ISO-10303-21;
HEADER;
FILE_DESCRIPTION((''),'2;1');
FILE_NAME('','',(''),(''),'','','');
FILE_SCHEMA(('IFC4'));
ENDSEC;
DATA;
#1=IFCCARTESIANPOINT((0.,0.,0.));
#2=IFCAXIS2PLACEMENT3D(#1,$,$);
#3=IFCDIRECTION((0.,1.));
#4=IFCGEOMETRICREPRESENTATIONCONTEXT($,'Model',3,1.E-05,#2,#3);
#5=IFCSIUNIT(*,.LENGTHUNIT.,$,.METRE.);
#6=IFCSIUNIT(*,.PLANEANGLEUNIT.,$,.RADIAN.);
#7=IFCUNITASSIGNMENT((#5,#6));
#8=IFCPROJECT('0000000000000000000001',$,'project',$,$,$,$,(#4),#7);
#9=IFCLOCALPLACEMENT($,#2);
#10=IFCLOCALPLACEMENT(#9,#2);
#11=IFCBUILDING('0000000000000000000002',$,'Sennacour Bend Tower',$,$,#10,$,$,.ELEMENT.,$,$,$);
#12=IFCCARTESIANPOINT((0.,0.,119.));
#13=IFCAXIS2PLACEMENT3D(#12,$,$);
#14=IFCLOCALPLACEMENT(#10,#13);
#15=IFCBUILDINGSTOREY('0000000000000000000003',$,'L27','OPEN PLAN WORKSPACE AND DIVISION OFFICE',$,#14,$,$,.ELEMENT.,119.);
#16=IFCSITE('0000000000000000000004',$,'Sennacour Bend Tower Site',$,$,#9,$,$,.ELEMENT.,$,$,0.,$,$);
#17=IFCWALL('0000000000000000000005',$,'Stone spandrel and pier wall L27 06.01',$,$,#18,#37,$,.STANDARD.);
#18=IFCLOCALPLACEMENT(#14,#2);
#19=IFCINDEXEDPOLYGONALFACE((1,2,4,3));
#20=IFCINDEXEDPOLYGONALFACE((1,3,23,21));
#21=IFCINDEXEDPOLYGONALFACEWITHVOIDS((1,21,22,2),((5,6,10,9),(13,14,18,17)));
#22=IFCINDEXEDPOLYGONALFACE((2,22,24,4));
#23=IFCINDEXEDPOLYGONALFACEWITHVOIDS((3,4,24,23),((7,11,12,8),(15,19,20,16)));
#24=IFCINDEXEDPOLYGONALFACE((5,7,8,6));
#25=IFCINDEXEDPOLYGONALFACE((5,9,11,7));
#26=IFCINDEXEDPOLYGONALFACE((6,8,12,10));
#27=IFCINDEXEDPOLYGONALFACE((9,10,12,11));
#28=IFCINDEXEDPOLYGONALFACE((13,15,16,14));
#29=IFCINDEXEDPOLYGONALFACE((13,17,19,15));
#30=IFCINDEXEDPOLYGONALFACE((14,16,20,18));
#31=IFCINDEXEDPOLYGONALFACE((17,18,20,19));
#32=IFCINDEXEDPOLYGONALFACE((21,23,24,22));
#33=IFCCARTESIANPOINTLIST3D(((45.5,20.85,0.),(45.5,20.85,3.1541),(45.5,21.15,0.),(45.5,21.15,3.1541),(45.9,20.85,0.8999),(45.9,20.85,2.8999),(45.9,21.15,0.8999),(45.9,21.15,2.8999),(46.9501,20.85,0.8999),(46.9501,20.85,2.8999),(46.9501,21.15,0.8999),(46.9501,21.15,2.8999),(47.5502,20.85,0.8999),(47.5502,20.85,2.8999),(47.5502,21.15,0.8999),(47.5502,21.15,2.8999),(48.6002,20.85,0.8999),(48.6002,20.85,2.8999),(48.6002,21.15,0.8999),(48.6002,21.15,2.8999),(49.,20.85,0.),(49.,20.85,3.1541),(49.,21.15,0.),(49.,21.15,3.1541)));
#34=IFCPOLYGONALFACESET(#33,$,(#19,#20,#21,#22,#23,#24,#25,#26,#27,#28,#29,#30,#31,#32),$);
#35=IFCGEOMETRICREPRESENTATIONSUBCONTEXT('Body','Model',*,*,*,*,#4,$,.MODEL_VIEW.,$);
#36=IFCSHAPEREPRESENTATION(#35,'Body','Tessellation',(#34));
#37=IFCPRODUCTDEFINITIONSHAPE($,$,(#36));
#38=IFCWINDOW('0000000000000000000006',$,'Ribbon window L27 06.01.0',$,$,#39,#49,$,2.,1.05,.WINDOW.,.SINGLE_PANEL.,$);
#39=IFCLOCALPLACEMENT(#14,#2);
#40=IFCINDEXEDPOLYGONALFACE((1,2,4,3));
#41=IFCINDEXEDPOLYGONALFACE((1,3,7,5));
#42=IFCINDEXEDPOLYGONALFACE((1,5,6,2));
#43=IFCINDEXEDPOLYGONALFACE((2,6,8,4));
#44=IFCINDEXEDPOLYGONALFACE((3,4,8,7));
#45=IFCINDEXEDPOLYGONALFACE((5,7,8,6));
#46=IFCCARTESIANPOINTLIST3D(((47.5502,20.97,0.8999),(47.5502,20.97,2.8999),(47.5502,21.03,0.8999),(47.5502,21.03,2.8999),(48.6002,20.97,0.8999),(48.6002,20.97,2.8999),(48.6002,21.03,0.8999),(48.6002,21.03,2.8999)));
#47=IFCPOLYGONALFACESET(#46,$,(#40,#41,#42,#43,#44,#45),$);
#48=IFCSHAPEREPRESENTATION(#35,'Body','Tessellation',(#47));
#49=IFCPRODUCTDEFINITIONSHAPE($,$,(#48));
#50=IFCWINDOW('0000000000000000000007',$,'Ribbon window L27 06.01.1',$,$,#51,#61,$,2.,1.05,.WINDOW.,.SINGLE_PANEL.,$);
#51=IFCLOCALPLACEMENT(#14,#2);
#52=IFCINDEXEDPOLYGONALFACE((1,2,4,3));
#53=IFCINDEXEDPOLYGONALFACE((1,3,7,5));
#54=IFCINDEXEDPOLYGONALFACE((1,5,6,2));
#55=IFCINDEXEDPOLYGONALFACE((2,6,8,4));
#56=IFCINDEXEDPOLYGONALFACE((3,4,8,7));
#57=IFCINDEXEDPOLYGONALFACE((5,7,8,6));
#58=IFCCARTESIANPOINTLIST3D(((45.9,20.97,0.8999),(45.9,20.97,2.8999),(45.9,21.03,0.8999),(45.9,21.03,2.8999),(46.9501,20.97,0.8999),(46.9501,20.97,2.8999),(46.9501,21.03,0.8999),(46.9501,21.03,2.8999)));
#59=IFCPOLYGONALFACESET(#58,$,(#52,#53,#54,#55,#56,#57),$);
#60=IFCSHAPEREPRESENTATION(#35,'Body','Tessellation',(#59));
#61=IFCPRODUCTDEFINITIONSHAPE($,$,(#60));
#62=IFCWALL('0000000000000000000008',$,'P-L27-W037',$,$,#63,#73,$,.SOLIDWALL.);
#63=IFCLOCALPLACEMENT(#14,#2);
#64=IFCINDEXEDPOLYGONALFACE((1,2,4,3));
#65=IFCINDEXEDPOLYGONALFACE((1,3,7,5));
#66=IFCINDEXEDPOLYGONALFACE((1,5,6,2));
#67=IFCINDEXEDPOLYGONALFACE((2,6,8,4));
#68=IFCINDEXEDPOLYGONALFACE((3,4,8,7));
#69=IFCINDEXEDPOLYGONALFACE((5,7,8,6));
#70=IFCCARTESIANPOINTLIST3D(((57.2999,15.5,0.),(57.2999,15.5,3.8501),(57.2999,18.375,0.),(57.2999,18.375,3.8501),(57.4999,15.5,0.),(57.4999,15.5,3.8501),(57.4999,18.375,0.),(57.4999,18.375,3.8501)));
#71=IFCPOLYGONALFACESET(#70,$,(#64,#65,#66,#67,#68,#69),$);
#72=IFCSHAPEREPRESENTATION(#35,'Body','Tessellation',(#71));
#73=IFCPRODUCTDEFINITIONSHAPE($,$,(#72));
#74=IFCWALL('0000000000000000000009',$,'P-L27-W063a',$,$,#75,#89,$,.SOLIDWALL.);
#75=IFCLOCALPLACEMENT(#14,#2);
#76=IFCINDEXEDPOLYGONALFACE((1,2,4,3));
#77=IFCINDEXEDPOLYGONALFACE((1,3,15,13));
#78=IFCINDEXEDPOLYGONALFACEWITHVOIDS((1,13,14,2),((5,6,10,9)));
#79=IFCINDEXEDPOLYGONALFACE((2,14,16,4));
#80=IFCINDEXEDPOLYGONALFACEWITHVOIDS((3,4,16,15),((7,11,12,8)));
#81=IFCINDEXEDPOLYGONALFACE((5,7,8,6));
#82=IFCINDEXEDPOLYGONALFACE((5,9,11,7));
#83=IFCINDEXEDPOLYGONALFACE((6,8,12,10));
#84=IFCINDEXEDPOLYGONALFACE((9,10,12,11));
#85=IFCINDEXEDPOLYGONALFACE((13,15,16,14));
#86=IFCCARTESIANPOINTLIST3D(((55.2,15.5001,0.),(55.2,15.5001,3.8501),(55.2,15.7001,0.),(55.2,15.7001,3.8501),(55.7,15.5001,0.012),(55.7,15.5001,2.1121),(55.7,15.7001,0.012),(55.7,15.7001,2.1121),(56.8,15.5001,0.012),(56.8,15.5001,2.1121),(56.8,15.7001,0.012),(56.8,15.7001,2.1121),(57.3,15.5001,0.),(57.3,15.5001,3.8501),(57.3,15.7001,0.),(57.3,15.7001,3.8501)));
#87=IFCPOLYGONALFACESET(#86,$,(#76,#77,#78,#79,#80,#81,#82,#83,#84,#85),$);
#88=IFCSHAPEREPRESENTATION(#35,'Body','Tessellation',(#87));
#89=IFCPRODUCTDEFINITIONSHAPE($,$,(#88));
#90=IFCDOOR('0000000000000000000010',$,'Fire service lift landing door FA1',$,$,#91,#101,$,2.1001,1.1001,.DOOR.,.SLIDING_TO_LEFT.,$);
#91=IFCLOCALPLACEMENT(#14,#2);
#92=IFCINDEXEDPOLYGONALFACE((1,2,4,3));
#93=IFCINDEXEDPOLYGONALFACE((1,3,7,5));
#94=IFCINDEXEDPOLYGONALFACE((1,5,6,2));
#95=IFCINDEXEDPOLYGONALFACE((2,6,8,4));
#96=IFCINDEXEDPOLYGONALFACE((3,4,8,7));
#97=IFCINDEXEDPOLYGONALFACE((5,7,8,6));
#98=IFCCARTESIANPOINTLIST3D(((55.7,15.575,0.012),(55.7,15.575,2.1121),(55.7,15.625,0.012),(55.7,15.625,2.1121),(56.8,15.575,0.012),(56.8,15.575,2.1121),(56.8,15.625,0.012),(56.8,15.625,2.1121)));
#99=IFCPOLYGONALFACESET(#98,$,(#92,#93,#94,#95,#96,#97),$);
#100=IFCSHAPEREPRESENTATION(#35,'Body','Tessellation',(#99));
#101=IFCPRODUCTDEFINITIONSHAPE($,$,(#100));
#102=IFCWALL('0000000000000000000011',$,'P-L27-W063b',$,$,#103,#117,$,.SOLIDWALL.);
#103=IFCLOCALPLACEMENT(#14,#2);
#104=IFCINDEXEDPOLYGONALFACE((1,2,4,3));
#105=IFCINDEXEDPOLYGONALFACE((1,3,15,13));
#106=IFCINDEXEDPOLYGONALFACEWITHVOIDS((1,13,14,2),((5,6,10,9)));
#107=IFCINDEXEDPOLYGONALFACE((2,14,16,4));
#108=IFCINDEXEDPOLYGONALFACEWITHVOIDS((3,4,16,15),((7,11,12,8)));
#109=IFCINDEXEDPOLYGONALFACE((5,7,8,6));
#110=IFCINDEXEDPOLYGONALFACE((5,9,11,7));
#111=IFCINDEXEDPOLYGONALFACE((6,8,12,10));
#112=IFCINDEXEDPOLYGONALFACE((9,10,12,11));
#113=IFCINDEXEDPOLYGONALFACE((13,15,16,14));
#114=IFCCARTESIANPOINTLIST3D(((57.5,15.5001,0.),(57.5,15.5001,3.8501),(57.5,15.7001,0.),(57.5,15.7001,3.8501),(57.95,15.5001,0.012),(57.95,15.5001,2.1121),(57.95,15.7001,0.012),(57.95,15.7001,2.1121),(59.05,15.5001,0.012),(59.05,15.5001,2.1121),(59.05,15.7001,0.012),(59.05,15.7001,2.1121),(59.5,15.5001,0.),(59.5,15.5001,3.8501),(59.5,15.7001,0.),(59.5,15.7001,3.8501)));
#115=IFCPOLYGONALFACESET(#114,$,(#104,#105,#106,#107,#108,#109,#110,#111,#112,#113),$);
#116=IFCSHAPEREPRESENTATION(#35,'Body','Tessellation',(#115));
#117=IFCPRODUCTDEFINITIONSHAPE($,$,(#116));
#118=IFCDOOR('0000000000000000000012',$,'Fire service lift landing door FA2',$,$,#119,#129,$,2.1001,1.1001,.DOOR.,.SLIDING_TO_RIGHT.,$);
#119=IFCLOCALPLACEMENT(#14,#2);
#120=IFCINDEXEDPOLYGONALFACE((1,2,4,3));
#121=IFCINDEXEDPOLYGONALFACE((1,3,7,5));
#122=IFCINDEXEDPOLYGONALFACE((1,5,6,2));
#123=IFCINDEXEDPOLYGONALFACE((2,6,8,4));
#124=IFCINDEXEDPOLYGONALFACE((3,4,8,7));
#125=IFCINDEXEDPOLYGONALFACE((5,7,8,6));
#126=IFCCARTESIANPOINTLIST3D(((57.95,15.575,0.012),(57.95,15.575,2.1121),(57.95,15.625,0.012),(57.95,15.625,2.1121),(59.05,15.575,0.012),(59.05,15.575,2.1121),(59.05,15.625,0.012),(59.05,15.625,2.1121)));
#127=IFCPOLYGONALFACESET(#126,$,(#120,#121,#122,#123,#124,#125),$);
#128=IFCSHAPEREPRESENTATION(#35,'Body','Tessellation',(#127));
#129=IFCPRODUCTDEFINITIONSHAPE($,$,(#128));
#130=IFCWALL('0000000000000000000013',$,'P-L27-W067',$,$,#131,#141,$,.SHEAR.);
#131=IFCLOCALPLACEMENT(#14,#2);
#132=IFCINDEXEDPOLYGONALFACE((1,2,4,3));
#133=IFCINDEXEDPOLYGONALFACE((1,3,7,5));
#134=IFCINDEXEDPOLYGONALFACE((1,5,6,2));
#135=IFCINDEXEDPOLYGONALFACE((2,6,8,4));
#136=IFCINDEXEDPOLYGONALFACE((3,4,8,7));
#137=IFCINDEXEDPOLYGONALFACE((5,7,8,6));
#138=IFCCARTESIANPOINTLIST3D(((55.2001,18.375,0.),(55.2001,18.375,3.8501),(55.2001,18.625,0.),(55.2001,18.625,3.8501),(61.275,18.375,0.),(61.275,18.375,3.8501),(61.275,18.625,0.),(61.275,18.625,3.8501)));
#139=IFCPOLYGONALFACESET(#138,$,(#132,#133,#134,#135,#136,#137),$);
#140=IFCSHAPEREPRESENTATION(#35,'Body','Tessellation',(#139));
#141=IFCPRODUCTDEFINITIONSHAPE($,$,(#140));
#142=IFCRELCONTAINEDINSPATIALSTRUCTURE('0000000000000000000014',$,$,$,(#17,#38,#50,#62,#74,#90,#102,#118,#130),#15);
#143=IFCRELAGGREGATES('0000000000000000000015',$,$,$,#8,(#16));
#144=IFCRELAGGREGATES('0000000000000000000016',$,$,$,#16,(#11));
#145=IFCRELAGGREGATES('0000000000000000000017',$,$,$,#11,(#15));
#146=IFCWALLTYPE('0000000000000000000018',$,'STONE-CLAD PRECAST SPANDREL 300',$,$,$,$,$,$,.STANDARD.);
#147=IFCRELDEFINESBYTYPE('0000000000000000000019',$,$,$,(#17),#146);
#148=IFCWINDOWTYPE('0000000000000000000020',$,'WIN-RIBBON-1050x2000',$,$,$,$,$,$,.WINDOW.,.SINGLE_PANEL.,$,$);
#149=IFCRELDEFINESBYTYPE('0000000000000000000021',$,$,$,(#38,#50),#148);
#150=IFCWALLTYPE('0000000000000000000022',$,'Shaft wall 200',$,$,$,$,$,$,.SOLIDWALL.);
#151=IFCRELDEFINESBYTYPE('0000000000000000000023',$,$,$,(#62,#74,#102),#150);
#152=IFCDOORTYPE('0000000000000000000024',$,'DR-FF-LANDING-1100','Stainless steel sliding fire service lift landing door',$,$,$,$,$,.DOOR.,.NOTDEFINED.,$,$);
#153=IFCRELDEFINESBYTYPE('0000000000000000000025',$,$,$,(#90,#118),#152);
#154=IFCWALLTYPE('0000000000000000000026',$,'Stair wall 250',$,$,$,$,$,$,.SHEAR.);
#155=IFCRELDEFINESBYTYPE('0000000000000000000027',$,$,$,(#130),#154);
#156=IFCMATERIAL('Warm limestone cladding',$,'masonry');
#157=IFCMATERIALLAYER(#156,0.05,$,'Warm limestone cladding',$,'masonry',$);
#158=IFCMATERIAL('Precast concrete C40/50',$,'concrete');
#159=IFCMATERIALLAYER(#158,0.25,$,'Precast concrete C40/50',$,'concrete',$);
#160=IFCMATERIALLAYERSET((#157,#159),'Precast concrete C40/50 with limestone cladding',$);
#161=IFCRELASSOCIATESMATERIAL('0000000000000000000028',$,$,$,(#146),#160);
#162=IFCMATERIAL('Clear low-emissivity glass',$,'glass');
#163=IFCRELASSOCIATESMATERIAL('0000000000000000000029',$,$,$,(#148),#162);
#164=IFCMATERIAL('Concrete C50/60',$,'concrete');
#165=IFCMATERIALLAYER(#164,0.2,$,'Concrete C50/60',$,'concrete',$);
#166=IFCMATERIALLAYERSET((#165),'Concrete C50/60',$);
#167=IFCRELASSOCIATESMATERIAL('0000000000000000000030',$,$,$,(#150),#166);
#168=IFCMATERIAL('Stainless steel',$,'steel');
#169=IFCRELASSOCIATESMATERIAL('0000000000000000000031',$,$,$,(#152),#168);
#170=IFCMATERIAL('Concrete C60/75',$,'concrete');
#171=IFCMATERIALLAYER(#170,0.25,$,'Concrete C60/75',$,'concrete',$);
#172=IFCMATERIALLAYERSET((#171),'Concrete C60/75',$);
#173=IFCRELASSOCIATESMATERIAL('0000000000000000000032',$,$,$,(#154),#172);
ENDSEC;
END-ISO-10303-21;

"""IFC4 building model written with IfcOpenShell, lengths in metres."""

from ifc_helpers import new_model, si_unit, direction, frame, frame_2d, origin, place, context, subcontext, project, spatial, rectangle, extrude, material, layer, layer_set, type_object, element, fill, save


model = new_model("IFC4")

# Units and contexts
model_context = context("Model", 3, precision=1e-05, world=origin(), true_north=direction((0.0, 1.0)))
body_context = subcontext(model_context, "Body", "Model", "MODEL_VIEW")
ifc_project = project(units=[si_unit("LENGTHUNIT", "METRE"), si_unit("PLANEANGLEUNIT", "RADIAN")], contexts=[model_context])

# Site, building, storey
site_placement = place(None, origin())
site = spatial("IfcSite", under=ifc_project, at=site_placement, Name="Sennacour Bend Tower Site", CompositionType="ELEMENT", RefElevation=0.0)
building_placement = place(site_placement, origin())
building = spatial("IfcBuilding", under=site, at=building_placement, Name="Sennacour Bend Tower", CompositionType="ELEMENT")
storey_placement = place(building_placement, frame((0.0, 0.0, 119.0)))
storey = spatial("IfcBuildingStorey", under=building, at=storey_placement, Name="L27", Description="OPEN PLAN WORKSPACE AND DIVISION OFFICE", CompositionType="ELEMENT", Elevation=119.0)

# Wall, openings, windows
ifc_material_1 = material(Name="Warm limestone cladding", Category="masonry")
ifc_layer_1 = layer(ifc_material_1, 0.05, Name="Warm limestone cladding", Category="masonry")
ifc_material_2 = material(Name="Precast concrete C40/50", Category="concrete")
ifc_layer_2 = layer(ifc_material_2, 0.25, Name="Precast concrete C40/50", Category="concrete")
ifc_layer_set_1 = layer_set([ifc_layer_1, ifc_layer_2], Name="Precast concrete C40/50 with limestone cladding")
wall_type_1 = type_object("IfcWallType", Name="STONE-CLAD PRECAST SPANDREL 300", PredefinedType="STANDARD", material=ifc_layer_set_1)
ifc_material_3 = material(Name="Clear low-emissivity glass", Category="glass")
window_type_1 = type_object("IfcWindowType", Name="WIN-RIBBON-1050x2000", PartitioningType="SINGLE_PANEL", PredefinedType="WINDOW", material=ifc_material_3)
wall_1_placement = place(storey_placement, frame((49.0, 21.0, 0.0), z_axis=(0.0, 0.0, 1.0), x_axis=(-1.0, 0.0, 0.0)))
wall_1 = element("IfcWall", 1, at=wall_1_placement, inside=storey, type_object=wall_type_1, Name="Stone spandrel and pier wall L27 06.01", PredefinedType="STANDARD", context=body_context, shape_type="SweptSolid", body=[
    extrude(rectangle(XDim=3.5, YDim=0.3, at=frame_2d((1.75, 0.0))), origin(), (0.0, 0.0, 1.0), 3.1541),
])
opening_1_placement = place(wall_1_placement, frame((0.3999, 0.0, 0.8999)))
opening_1 = element("IfcOpeningElement", 2, at=opening_1_placement, cuts=wall_1, PredefinedType="OPENING", context=body_context, shape_type="SweptSolid", body=[
    extrude(rectangle(XDim=1.05, YDim=2.0, at=frame_2d((0.5249, 1.0))), frame((0.0, 0.1602, 0.0), z_axis=(0.0, -1.0, 0.0), x_axis=(1.0, 0.0, 0.0)), (0.0, 0.0, 1.0), 0.3201),
])
opening_2_placement = place(wall_1_placement, frame((2.05, 0.0, 0.8999)))
opening_2 = element("IfcOpeningElement", 3, at=opening_2_placement, cuts=wall_1, PredefinedType="OPENING", context=body_context, shape_type="SweptSolid", body=[
    extrude(rectangle(XDim=1.05, YDim=2.0, at=frame_2d((0.5249, 1.0))), frame((0.0, 0.1602, 0.0), z_axis=(0.0, -1.0, 0.0), x_axis=(1.0, 0.0, 0.0)), (0.0, 0.0, 1.0), 0.3201),
])
window_1_placement = place(opening_1_placement, origin())
window_1 = element("IfcWindow", 4, at=window_1_placement, inside=storey, type_object=window_type_1, Name="Ribbon window L27 06.01.0", OverallHeight=2.0, OverallWidth=1.05, PartitioningType="SINGLE_PANEL", PredefinedType="WINDOW", context=body_context, shape_type="SweptSolid", body=[
    extrude(rectangle(XDim=1.05, YDim=2.0, at=frame_2d((0.5249, 1.0))), frame((0.0, 0.03, 0.0), z_axis=(0.0, -1.0, 0.0), x_axis=(1.0, 0.0, 0.0)), (0.0, 0.0, 1.0), 0.0601),
])
fill(opening_1, window_1)
window_2_placement = place(opening_2_placement, origin())
window_2 = element("IfcWindow", 5, at=window_2_placement, inside=storey, type_object=window_type_1, Name="Ribbon window L27 06.01.1", OverallHeight=2.0, OverallWidth=1.05, PartitioningType="SINGLE_PANEL", PredefinedType="WINDOW", context=body_context, shape_type="SweptSolid", body=[
    extrude(rectangle(XDim=1.05, YDim=2.0, at=frame_2d((0.5249, 1.0))), frame((0.0, 0.03, 0.0), z_axis=(0.0, -1.0, 0.0), x_axis=(1.0, 0.0, 0.0)), (0.0, 0.0, 1.0), 0.0601),
])
fill(opening_2, window_2)

# Wall
ifc_material_4 = material(Name="Concrete C50/60", Category="concrete")
ifc_layer_3 = layer(ifc_material_4, 0.2, Name="Concrete C50/60", Category="concrete")
ifc_layer_set_2 = layer_set([ifc_layer_3], Name="Concrete C50/60")
wall_type_2 = type_object("IfcWallType", Name="Shaft wall 200", PredefinedType="SOLIDWALL", material=ifc_layer_set_2)
wall_2_placement = place(storey_placement, frame((57.3999, 15.5, 0.0), z_axis=(0.0, 0.0, 1.0), x_axis=(0.0, 1.0, 0.0)))
element("IfcWall", 6, at=wall_2_placement, inside=storey, type_object=wall_type_2, Name="P-L27-W037", PredefinedType="SOLIDWALL", context=body_context, shape_type="SweptSolid", body=[
    extrude(rectangle(XDim=2.875, YDim=0.2, at=frame_2d((1.4375, 0.0))), origin(), (0.0, 0.0, 1.0), 3.8501),
])

# Walls, openings, doors
wall_3_placement = place(storey_placement, frame((55.2, 15.6001, 0.0), z_axis=(0.0, 0.0, 1.0), x_axis=(1.0, 0.0, 0.0)))
wall_3 = element("IfcWall", 7, at=wall_3_placement, inside=storey, type_object=wall_type_2, Name="P-L27-W063a", PredefinedType="SOLIDWALL", context=body_context, shape_type="SweptSolid", body=[
    extrude(rectangle(XDim=2.1001, YDim=0.2, at=frame_2d((1.05, 0.0))), origin(), (0.0, 0.0, 1.0), 3.8501),
])
opening_3_placement = place(wall_3_placement, frame((0.5, 0.0, 0.012)))
opening_3 = element("IfcOpeningElement", 8, at=opening_3_placement, cuts=wall_3, PredefinedType="OPENING", context=body_context, shape_type="SweptSolid", body=[
    extrude(rectangle(XDim=1.1001, YDim=2.1001, at=frame_2d((0.55, 1.05))), frame((0.0, 0.1099, 0.0), z_axis=(0.0, -1.0, 0.0), x_axis=(1.0, 0.0, 0.0)), (0.0, 0.0, 1.0), 0.22),
])
ifc_material_5 = material(Name="Stainless steel", Category="steel")
door_type_1 = type_object("IfcDoorType", Name="DR-FF-LANDING-1100", Description="Stainless steel sliding fire service lift landing door", OperationType="NOTDEFINED", PredefinedType="DOOR", material=ifc_material_5)
door_1_placement = place(opening_3_placement, origin())
door_1 = element("IfcDoor", 9, at=door_1_placement, inside=storey, type_object=door_type_1, Name="Fire service lift landing door FA1", OperationType="SLIDING_TO_LEFT", OverallHeight=2.1001, OverallWidth=1.1001, PredefinedType="DOOR", context=body_context, shape_type="SweptSolid", body=[
    extrude(rectangle(XDim=1.1001, YDim=2.1001, at=frame_2d((0.55, 1.05))), frame((0.0, 0.0249, 0.0), z_axis=(0.0, -1.0, 0.0), x_axis=(1.0, 0.0, 0.0)), (0.0, 0.0, 1.0), 0.05),
])
fill(opening_3, door_1)
wall_4_placement = place(storey_placement, frame((57.5, 15.6001, 0.0), z_axis=(0.0, 0.0, 1.0), x_axis=(1.0, 0.0, 0.0)))
wall_4 = element("IfcWall", 10, at=wall_4_placement, inside=storey, type_object=wall_type_2, Name="P-L27-W063b", PredefinedType="SOLIDWALL", context=body_context, shape_type="SweptSolid", body=[
    extrude(rectangle(XDim=2.0, YDim=0.2, at=frame_2d((1.0, 0.0))), origin(), (0.0, 0.0, 1.0), 3.8501),
])
opening_4_placement = place(wall_4_placement, frame((0.45, 0.0, 0.012)))
opening_4 = element("IfcOpeningElement", 11, at=opening_4_placement, cuts=wall_4, PredefinedType="OPENING", context=body_context, shape_type="SweptSolid", body=[
    extrude(rectangle(XDim=1.1001, YDim=2.1001, at=frame_2d((0.55, 1.05))), frame((0.0, 0.1099, 0.0), z_axis=(0.0, -1.0, 0.0), x_axis=(1.0, 0.0, 0.0)), (0.0, 0.0, 1.0), 0.22),
])
door_2_placement = place(opening_4_placement, origin())
door_2 = element("IfcDoor", 12, at=door_2_placement, inside=storey, type_object=door_type_1, Name="Fire service lift landing door FA2", OperationType="SLIDING_TO_RIGHT", OverallHeight=2.1001, OverallWidth=1.1001, PredefinedType="DOOR", context=body_context, shape_type="SweptSolid", body=[
    extrude(rectangle(XDim=1.1001, YDim=2.1001, at=frame_2d((0.55, 1.05))), frame((0.0, 0.0249, 0.0), z_axis=(0.0, -1.0, 0.0), x_axis=(1.0, 0.0, 0.0)), (0.0, 0.0, 1.0), 0.05),
])
fill(opening_4, door_2)

# Wall
ifc_material_6 = material(Name="Concrete C60/75", Category="concrete")
ifc_layer_4 = layer(ifc_material_6, 0.25, Name="Concrete C60/75", Category="concrete")
ifc_layer_set_3 = layer_set([ifc_layer_4], Name="Concrete C60/75")
wall_type_3 = type_object("IfcWallType", Name="Stair wall 250", PredefinedType="SHEAR", material=ifc_layer_set_3)
wall_5_placement = place(storey_placement, frame((55.2, 18.5, 0.0), z_axis=(0.0, 0.0, 1.0), x_axis=(1.0, 0.0, 0.0)))
element("IfcWall", 13, at=wall_5_placement, inside=storey, type_object=wall_type_3, Name="P-L27-W067", PredefinedType="SHEAR", context=body_context, shape_type="SweptSolid", body=[
    extrude(rectangle(XDim=6.075, YDim=0.25, at=frame_2d((3.0376, 0.0))), origin(), (0.0, 0.0, 1.0), 3.8501),
])

save(model, "model.ifc")
